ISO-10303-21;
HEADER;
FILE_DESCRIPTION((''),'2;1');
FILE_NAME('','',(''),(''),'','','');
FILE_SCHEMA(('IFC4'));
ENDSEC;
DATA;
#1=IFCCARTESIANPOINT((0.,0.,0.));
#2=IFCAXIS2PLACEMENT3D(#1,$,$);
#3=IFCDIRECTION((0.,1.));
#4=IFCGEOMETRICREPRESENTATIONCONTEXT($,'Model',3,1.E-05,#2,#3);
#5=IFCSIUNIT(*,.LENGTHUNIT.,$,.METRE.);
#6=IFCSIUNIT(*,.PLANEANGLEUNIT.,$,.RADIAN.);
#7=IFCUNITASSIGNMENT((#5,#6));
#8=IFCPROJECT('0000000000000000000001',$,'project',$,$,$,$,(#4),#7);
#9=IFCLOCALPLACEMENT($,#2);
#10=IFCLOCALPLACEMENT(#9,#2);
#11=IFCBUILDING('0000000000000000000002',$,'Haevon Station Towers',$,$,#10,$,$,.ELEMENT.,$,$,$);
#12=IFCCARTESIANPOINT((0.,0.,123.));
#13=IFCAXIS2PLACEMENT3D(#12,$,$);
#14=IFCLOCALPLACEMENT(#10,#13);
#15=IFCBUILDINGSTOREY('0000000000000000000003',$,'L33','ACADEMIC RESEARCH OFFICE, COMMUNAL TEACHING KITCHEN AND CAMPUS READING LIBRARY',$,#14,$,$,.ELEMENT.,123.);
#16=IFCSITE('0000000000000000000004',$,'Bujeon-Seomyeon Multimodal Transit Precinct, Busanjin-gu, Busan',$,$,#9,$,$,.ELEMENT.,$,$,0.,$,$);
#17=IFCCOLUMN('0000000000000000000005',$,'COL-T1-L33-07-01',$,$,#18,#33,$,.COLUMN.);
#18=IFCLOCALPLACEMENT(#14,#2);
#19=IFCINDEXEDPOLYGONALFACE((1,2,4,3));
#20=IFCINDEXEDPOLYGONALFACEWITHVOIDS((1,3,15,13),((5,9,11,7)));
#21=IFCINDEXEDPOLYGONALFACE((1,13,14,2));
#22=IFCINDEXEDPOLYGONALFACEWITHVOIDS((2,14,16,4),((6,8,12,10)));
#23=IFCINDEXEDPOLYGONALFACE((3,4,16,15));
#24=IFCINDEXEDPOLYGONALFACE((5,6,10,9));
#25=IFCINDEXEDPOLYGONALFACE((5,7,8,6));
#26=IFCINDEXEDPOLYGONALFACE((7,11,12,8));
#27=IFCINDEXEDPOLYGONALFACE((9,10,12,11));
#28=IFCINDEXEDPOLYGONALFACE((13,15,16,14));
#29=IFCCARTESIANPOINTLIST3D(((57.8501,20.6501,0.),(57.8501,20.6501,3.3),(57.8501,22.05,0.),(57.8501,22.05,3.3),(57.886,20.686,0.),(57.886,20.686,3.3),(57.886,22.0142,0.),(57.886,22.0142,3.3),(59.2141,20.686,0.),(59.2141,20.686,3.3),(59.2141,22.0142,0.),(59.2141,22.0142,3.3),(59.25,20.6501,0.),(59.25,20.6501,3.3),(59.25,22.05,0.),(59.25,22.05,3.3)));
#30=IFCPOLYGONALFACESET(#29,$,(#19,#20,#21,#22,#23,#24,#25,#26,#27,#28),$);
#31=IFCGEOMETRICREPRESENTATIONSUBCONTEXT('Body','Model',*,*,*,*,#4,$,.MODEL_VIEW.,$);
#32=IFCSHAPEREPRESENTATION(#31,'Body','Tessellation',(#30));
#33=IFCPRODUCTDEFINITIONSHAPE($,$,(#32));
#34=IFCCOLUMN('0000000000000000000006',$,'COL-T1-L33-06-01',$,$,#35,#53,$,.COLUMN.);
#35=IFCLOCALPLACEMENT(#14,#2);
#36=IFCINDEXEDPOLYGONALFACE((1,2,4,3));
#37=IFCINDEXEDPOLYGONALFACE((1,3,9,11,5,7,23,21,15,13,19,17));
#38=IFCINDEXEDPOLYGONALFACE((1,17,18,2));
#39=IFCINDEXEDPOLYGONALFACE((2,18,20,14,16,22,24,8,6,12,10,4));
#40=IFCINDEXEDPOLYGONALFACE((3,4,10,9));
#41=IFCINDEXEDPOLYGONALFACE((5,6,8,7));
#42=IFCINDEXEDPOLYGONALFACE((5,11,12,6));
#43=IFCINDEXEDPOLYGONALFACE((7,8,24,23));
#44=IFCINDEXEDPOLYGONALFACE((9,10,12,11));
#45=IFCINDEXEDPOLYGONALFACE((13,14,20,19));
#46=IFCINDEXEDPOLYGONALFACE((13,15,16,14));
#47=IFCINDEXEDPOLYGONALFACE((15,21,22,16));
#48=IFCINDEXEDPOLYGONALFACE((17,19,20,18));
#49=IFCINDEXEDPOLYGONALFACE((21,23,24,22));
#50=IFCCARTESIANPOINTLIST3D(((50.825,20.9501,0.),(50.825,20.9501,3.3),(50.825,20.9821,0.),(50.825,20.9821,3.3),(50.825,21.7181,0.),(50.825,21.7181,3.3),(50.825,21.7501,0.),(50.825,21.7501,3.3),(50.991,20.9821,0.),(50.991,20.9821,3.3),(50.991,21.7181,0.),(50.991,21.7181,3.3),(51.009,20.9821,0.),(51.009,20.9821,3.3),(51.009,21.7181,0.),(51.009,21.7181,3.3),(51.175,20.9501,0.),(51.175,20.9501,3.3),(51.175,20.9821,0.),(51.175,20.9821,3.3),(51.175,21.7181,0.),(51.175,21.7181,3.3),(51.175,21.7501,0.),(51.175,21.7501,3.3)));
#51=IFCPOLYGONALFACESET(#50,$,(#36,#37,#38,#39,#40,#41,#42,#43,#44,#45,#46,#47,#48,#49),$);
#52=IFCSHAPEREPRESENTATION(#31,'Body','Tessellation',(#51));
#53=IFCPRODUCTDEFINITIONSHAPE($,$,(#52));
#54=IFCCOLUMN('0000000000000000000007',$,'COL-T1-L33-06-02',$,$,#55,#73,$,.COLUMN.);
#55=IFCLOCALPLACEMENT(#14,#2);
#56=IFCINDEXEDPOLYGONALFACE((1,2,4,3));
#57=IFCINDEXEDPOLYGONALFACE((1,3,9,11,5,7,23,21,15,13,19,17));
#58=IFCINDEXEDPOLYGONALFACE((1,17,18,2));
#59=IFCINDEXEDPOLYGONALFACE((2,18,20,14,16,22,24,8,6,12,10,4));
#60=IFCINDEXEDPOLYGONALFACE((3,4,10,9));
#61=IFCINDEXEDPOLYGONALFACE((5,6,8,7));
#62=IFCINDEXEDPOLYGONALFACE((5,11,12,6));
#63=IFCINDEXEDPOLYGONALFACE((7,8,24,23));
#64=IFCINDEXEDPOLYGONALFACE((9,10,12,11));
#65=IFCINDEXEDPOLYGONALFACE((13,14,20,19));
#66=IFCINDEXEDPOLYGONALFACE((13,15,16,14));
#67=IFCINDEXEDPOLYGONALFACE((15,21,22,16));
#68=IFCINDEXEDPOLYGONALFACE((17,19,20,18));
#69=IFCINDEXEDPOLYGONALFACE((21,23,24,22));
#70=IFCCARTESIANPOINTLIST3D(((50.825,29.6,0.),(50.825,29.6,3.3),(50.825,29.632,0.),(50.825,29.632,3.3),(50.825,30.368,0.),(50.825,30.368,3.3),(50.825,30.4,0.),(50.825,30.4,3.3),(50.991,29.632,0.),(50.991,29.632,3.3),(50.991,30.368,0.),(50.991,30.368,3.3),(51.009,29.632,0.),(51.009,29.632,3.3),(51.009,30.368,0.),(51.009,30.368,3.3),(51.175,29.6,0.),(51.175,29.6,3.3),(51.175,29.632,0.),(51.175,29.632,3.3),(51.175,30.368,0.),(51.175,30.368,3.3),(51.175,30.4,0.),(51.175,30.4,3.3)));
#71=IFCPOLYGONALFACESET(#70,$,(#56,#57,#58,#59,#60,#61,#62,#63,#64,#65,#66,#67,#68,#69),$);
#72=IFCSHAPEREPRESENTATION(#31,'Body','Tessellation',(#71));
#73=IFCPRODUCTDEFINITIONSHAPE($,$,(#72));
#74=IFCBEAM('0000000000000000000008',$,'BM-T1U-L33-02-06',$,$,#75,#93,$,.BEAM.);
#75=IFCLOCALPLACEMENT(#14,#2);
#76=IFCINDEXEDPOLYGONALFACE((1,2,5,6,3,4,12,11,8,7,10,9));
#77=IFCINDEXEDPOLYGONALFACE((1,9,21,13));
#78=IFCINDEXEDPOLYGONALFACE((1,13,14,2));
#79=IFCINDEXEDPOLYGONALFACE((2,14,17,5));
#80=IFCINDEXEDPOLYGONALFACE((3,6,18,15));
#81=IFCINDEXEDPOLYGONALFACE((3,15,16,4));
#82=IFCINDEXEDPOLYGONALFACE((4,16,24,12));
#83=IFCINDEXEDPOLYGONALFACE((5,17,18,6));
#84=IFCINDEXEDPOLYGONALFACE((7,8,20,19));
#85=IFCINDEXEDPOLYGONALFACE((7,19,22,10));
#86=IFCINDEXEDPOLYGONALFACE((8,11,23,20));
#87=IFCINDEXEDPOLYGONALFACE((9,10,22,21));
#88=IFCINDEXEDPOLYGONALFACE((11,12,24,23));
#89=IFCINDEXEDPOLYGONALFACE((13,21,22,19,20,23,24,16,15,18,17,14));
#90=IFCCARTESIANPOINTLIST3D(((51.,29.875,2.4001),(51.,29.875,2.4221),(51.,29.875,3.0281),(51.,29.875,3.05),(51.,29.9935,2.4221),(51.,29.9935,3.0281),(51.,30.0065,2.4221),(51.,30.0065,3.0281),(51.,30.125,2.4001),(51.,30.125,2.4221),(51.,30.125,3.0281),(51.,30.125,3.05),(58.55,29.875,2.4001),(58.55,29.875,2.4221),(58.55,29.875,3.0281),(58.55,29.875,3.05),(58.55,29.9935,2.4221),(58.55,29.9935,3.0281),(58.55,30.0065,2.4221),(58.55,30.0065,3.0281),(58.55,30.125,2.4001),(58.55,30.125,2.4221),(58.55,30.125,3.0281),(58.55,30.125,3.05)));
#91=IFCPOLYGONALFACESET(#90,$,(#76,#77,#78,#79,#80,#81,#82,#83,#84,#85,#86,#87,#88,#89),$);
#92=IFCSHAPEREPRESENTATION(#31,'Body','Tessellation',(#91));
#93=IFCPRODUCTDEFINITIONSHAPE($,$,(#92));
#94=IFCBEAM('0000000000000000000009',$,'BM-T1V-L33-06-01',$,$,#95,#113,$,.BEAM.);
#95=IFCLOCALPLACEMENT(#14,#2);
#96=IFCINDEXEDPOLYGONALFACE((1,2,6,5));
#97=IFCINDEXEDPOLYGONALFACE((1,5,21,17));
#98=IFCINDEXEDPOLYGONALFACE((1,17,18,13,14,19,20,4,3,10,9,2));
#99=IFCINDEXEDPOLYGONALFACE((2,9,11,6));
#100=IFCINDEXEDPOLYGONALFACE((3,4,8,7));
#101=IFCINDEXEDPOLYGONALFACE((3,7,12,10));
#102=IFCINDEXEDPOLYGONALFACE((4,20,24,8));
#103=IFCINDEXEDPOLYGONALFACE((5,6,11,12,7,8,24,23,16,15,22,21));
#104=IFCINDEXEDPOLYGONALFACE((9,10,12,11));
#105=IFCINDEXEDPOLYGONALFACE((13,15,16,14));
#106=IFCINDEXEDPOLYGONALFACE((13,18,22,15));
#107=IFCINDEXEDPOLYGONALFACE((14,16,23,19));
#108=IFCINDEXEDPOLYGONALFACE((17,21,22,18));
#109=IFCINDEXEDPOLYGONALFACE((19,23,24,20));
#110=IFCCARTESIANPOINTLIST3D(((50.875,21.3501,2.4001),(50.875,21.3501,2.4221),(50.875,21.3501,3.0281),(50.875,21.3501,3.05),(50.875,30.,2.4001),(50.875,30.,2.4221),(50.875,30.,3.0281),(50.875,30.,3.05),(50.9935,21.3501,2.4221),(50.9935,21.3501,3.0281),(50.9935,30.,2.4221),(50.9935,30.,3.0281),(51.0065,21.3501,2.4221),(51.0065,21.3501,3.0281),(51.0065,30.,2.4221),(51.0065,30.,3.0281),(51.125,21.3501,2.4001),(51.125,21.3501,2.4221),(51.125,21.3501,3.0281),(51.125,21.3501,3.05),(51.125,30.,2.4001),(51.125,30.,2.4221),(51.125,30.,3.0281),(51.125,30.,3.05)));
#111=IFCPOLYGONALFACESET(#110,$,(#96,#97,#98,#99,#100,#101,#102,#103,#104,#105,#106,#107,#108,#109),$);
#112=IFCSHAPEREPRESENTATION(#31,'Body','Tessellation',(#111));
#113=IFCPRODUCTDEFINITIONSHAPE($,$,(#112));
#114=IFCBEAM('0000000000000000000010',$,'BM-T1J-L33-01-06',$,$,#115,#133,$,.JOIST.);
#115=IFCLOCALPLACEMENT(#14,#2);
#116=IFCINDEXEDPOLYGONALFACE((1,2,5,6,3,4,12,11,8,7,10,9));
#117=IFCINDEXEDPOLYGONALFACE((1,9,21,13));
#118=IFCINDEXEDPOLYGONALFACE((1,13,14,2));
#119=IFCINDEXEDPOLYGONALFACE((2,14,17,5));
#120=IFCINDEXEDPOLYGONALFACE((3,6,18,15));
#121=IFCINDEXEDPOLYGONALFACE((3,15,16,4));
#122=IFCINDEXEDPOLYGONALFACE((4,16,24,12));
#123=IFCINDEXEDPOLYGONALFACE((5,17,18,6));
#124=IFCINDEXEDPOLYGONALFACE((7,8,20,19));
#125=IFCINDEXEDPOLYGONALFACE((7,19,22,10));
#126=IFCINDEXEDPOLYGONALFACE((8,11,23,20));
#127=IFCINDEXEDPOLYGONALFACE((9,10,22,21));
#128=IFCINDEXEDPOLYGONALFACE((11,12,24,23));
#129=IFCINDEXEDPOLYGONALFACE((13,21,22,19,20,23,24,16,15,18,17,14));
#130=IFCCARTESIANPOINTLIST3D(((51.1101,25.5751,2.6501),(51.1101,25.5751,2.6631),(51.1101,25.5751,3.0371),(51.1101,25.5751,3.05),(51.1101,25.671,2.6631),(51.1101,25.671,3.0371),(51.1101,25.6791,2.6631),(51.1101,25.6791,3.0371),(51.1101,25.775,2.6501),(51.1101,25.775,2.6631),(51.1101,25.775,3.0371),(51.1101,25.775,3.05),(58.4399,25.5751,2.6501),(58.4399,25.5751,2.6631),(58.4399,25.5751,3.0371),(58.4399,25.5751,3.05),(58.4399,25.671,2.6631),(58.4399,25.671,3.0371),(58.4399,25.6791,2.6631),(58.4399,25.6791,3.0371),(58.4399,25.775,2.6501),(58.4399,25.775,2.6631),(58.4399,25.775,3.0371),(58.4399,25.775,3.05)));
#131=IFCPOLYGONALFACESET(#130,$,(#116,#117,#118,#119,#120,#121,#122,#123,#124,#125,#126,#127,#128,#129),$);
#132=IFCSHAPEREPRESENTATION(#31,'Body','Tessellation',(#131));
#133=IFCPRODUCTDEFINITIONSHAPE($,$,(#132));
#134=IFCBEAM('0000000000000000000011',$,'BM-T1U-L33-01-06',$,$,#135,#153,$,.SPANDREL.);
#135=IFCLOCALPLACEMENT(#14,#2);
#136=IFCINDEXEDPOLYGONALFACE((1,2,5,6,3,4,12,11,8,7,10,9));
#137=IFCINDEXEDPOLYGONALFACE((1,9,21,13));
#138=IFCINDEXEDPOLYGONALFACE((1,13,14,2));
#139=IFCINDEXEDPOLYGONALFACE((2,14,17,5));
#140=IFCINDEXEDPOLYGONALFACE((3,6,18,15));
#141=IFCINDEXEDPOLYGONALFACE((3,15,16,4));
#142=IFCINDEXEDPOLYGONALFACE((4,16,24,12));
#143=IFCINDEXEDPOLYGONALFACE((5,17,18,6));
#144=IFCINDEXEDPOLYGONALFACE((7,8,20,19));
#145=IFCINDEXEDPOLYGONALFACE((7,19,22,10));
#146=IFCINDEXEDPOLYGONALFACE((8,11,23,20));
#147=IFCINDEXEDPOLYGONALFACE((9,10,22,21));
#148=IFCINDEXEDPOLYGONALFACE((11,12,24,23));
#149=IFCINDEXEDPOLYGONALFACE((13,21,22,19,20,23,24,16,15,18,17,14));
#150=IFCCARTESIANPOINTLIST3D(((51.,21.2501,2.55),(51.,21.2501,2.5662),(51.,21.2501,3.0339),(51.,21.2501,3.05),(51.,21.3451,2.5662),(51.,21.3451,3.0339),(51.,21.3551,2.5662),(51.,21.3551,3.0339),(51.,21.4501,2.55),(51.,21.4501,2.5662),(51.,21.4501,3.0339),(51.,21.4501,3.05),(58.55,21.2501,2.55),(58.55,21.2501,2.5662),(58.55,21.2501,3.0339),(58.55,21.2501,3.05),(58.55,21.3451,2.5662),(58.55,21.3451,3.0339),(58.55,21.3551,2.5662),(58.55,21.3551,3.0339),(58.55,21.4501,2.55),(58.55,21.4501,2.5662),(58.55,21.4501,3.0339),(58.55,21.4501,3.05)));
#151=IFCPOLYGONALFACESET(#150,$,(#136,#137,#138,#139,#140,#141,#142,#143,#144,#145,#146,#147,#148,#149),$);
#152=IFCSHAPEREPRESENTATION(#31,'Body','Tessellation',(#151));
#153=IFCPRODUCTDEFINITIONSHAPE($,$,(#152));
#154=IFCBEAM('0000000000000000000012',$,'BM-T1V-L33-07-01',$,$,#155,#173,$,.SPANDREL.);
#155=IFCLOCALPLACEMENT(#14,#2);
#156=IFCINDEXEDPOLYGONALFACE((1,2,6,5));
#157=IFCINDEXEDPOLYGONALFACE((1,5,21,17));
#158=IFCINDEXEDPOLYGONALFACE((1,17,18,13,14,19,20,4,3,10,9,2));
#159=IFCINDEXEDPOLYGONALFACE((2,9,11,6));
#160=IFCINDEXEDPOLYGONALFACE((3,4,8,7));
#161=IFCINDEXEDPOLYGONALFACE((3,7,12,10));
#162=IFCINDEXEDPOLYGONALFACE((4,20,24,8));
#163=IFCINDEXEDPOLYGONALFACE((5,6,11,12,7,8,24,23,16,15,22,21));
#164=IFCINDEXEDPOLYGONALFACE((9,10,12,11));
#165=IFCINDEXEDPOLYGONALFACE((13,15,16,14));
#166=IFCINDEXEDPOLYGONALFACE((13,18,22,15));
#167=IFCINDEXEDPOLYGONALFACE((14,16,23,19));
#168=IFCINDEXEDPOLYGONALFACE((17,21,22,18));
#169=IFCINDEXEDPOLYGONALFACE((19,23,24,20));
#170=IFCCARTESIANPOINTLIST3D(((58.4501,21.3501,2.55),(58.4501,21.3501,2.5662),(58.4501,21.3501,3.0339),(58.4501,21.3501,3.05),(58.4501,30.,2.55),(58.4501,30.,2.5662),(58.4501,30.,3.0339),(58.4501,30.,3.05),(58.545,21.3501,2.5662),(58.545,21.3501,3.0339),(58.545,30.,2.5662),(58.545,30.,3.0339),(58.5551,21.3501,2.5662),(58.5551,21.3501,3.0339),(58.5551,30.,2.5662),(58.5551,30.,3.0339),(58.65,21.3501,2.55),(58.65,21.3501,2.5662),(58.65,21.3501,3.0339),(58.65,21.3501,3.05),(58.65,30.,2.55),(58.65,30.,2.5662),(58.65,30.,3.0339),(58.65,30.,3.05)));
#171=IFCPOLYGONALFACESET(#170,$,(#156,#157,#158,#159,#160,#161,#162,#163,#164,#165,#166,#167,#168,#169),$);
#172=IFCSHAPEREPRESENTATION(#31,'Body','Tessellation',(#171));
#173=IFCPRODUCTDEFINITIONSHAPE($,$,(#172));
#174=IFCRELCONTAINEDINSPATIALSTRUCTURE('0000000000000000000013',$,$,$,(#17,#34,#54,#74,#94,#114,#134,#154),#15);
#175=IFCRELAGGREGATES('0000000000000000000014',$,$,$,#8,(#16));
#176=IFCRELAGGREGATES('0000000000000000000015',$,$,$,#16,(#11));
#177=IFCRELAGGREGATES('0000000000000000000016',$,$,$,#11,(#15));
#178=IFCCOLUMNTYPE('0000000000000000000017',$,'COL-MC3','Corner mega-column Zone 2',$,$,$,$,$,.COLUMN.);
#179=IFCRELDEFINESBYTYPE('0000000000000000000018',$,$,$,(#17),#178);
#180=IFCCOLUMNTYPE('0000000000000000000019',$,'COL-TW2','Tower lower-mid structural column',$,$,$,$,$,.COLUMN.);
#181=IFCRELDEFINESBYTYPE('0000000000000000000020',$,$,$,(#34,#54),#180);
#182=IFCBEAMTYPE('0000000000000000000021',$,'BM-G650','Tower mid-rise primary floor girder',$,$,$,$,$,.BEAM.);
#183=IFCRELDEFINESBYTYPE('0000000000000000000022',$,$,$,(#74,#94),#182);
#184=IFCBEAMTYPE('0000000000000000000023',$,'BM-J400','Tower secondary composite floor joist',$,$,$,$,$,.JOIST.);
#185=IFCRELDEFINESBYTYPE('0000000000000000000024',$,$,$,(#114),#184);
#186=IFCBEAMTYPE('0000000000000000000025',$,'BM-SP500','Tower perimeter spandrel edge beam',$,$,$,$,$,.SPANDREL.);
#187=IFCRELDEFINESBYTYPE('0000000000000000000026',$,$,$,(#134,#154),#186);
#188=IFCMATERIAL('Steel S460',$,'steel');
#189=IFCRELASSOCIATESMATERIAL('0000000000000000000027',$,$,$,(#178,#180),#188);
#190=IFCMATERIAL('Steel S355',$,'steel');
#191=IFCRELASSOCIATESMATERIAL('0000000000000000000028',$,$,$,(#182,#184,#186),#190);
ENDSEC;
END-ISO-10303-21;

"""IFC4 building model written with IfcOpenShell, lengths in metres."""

from ifc_helpers import new_model, si_unit, direction, frame, origin, origin_2d, place, context, subcontext, project, spatial, hollow_rectangle, i_section, extrude, material, material_profile, profile_set, type_object, element, save


model = new_model("IFC4")

# Units and contexts
model_context = context("Model", 3, precision=1e-05, world=origin(), true_north=direction((0.0, 1.0)))
body_context = subcontext(model_context, "Body", "Model", "MODEL_VIEW")
ifc_project = project(units=[si_unit("LENGTHUNIT", "METRE"), si_unit("PLANEANGLEUNIT", "RADIAN")], contexts=[model_context])

# Site, building, storey
site_placement = place(None, origin())
site = spatial("IfcSite", under=ifc_project, at=site_placement, Name="Bujeon-Seomyeon Multimodal Transit Precinct, Busanjin-gu, Busan", CompositionType="ELEMENT", RefElevation=0.0)
building_placement = place(site_placement, origin())
building = spatial("IfcBuilding", under=site, at=building_placement, Name="Haevon Station Towers", CompositionType="ELEMENT")
storey_placement = place(building_placement, frame((0.0, 0.0, 123.0)))
storey = spatial("IfcBuildingStorey", under=building, at=storey_placement, Name="L33", Description="ACADEMIC RESEARCH OFFICE, COMMUNAL TEACHING KITCHEN AND CAMPUS READING LIBRARY", CompositionType="ELEMENT", Elevation=123.0)

# Columns
ifc_material_1 = material(Name="Steel S460", Category="steel")
ifc_material_profile_1 = material_profile(ifc_material_1, hollow_rectangle(XDim=1.3999, YDim=1.3999, WallThickness=0.0359, at=origin_2d()), Name="BOX-1400x1400x36")
ifc_profile_set_1 = profile_set([ifc_material_profile_1], Name="Steel S460")
column_type_1 = type_object("IfcColumnType", Name="COL-MC3", Description="Corner mega-column Zone 2", PredefinedType="COLUMN", material=ifc_profile_set_1)
column_placement = place(storey_placement, frame((58.55, 21.3501, 0.0), z_axis=(0.0, 0.0, 1.0), x_axis=(1.0, 0.0, 0.0)))
element("IfcColumn", 1, at=column_placement, inside=storey, type_object=column_type_1, Name="COL-T1-L33-07-01", PredefinedType="COLUMN", context=body_context, shape_type="SweptSolid", body=[
    extrude(hollow_rectangle(XDim=1.3999, YDim=1.3999, WallThickness=0.0359, at=origin_2d()), origin(), (0.0, 0.0, 1.0), 3.3),
])
ifc_material_profile_2 = material_profile(ifc_material_1, i_section(OverallWidth=0.3501, OverallDepth=0.8, WebThickness=0.0181, FlangeThickness=0.032, at=origin_2d()), Name="H-800x350x18x32")
ifc_profile_set_2 = profile_set([ifc_material_profile_2], Name="Steel S460")
column_type_2 = type_object("IfcColumnType", Name="COL-TW2", Description="Tower lower-mid structural column", PredefinedType="COLUMN", material=ifc_profile_set_2)
for number, where, z_axis, x_axis, name in (
    (2, (51.0, 21.3501, 0.0), (0.0, 0.0, 1.0), (1.0, 0.0, 0.0), "COL-T1-L33-06-01"),
    (3, (51.0, 30.0, 0.0), (0.0, 0.0, 1.0), (1.0, 0.0, 0.0), "COL-T1-L33-06-02"),
):
    element("IfcColumn", number, at=place(storey_placement, frame(where, z_axis=z_axis, x_axis=x_axis)), inside=storey, type_object=column_type_2, Name=name, PredefinedType="COLUMN", context=body_context, shape_type="SweptSolid", body=[
        extrude(i_section(OverallWidth=0.3501, OverallDepth=0.8, WebThickness=0.0181, FlangeThickness=0.032, at=origin_2d()), origin(), (0.0, 0.0, 1.0), 3.3),
    ])

# Beams
ifc_material_2 = material(Name="Steel S355", Category="steel")
ifc_material_profile_3 = material_profile(ifc_material_2, i_section(OverallWidth=0.25, OverallDepth=0.6499, WebThickness=0.0129, FlangeThickness=0.022, at=origin_2d()), Name="H-650x250x13x22")
ifc_profile_set_3 = profile_set([ifc_material_profile_3], Name="Steel S355")
beam_type_1 = type_object("IfcBeamType", Name="BM-G650", Description="Tower mid-rise primary floor girder", PredefinedType="BEAM", material=ifc_profile_set_3)
beam_1_placement = place(storey_placement, frame((51.0, 30.0, 2.7251), z_axis=(1.0, 0.0, 0.0), x_axis=(0.0, 1.0, 0.0)))
element("IfcBeam", 4, at=beam_1_placement, inside=storey, type_object=beam_type_1, Name="BM-T1U-L33-02-06", PredefinedType="BEAM", context=body_context, shape_type="SweptSolid", body=[
    extrude(i_section(OverallWidth=0.25, OverallDepth=0.6499, WebThickness=0.0129, FlangeThickness=0.022, at=origin_2d()), origin(), (0.0, 0.0, 1.0), 7.55),
])
beam_2_placement = place(storey_placement, frame((51.0, 21.3501, 2.7251), z_axis=(0.0, 1.0, 0.0), x_axis=(-1.0, 0.0, 0.0)))
element("IfcBeam", 5, at=beam_2_placement, inside=storey, type_object=beam_type_1, Name="BM-T1V-L33-06-01", PredefinedType="BEAM", context=body_context, shape_type="SweptSolid", body=[
    extrude(i_section(OverallWidth=0.25, OverallDepth=0.6499, WebThickness=0.0129, FlangeThickness=0.022, at=origin_2d()), origin(), (0.0, 0.0, 1.0), 8.6499),
])
ifc_material_profile_4 = material_profile(ifc_material_2, i_section(OverallWidth=0.2, OverallDepth=0.3999, WebThickness=0.0081, FlangeThickness=0.0129, at=origin_2d()), Name="H-400x200x8x13")
ifc_profile_set_4 = profile_set([ifc_material_profile_4], Name="Steel S355")
beam_type_2 = type_object("IfcBeamType", Name="BM-J400", Description="Tower secondary composite floor joist", PredefinedType="JOIST", material=ifc_profile_set_4)
beam_3_placement = place(storey_placement, frame((51.1101, 25.675, 2.8501), z_axis=(1.0, 0.0, 0.0), x_axis=(0.0, 1.0, 0.0)))
element("IfcBeam", 6, at=beam_3_placement, inside=storey, type_object=beam_type_2, Name="BM-T1J-L33-01-06", PredefinedType="JOIST", context=body_context, shape_type="SweptSolid", body=[
    extrude(i_section(OverallWidth=0.2, OverallDepth=0.3999, WebThickness=0.0081, FlangeThickness=0.0129, at=origin_2d()), origin(), (0.0, 0.0, 1.0), 7.3298),
])
ifc_material_profile_5 = material_profile(ifc_material_2, i_section(OverallWidth=0.2, OverallDepth=0.5, WebThickness=0.01, FlangeThickness=0.0161, at=origin_2d()), Name="H-500x200x10x16")
ifc_profile_set_5 = profile_set([ifc_material_profile_5], Name="Steel S355")
beam_type_3 = type_object("IfcBeamType", Name="BM-SP500", Description="Tower perimeter spandrel edge beam", PredefinedType="SPANDREL", material=ifc_profile_set_5)
beam_4_placement = place(storey_placement, frame((51.0, 21.3501, 2.8), z_axis=(1.0, 0.0, 0.0), x_axis=(0.0, 1.0, 0.0)))
element("IfcBeam", 7, at=beam_4_placement, inside=storey, type_object=beam_type_3, Name="BM-T1U-L33-01-06", PredefinedType="SPANDREL", context=body_context, shape_type="SweptSolid", body=[
    extrude(i_section(OverallWidth=0.2, OverallDepth=0.5, WebThickness=0.01, FlangeThickness=0.0161, at=origin_2d()), origin(), (0.0, 0.0, 1.0), 7.55),
])
beam_5_placement = place(storey_placement, frame((58.55, 21.3501, 2.8), z_axis=(0.0, 1.0, 0.0), x_axis=(-1.0, 0.0, 0.0)))
element("IfcBeam", 8, at=beam_5_placement, inside=storey, type_object=beam_type_3, Name="BM-T1V-L33-07-01", PredefinedType="SPANDREL", context=body_context, shape_type="SweptSolid", body=[
    extrude(i_section(OverallWidth=0.2, OverallDepth=0.5, WebThickness=0.01, FlangeThickness=0.0161, at=origin_2d()), origin(), (0.0, 0.0, 1.0), 8.6499),
])

save(model, "model.ifc")
